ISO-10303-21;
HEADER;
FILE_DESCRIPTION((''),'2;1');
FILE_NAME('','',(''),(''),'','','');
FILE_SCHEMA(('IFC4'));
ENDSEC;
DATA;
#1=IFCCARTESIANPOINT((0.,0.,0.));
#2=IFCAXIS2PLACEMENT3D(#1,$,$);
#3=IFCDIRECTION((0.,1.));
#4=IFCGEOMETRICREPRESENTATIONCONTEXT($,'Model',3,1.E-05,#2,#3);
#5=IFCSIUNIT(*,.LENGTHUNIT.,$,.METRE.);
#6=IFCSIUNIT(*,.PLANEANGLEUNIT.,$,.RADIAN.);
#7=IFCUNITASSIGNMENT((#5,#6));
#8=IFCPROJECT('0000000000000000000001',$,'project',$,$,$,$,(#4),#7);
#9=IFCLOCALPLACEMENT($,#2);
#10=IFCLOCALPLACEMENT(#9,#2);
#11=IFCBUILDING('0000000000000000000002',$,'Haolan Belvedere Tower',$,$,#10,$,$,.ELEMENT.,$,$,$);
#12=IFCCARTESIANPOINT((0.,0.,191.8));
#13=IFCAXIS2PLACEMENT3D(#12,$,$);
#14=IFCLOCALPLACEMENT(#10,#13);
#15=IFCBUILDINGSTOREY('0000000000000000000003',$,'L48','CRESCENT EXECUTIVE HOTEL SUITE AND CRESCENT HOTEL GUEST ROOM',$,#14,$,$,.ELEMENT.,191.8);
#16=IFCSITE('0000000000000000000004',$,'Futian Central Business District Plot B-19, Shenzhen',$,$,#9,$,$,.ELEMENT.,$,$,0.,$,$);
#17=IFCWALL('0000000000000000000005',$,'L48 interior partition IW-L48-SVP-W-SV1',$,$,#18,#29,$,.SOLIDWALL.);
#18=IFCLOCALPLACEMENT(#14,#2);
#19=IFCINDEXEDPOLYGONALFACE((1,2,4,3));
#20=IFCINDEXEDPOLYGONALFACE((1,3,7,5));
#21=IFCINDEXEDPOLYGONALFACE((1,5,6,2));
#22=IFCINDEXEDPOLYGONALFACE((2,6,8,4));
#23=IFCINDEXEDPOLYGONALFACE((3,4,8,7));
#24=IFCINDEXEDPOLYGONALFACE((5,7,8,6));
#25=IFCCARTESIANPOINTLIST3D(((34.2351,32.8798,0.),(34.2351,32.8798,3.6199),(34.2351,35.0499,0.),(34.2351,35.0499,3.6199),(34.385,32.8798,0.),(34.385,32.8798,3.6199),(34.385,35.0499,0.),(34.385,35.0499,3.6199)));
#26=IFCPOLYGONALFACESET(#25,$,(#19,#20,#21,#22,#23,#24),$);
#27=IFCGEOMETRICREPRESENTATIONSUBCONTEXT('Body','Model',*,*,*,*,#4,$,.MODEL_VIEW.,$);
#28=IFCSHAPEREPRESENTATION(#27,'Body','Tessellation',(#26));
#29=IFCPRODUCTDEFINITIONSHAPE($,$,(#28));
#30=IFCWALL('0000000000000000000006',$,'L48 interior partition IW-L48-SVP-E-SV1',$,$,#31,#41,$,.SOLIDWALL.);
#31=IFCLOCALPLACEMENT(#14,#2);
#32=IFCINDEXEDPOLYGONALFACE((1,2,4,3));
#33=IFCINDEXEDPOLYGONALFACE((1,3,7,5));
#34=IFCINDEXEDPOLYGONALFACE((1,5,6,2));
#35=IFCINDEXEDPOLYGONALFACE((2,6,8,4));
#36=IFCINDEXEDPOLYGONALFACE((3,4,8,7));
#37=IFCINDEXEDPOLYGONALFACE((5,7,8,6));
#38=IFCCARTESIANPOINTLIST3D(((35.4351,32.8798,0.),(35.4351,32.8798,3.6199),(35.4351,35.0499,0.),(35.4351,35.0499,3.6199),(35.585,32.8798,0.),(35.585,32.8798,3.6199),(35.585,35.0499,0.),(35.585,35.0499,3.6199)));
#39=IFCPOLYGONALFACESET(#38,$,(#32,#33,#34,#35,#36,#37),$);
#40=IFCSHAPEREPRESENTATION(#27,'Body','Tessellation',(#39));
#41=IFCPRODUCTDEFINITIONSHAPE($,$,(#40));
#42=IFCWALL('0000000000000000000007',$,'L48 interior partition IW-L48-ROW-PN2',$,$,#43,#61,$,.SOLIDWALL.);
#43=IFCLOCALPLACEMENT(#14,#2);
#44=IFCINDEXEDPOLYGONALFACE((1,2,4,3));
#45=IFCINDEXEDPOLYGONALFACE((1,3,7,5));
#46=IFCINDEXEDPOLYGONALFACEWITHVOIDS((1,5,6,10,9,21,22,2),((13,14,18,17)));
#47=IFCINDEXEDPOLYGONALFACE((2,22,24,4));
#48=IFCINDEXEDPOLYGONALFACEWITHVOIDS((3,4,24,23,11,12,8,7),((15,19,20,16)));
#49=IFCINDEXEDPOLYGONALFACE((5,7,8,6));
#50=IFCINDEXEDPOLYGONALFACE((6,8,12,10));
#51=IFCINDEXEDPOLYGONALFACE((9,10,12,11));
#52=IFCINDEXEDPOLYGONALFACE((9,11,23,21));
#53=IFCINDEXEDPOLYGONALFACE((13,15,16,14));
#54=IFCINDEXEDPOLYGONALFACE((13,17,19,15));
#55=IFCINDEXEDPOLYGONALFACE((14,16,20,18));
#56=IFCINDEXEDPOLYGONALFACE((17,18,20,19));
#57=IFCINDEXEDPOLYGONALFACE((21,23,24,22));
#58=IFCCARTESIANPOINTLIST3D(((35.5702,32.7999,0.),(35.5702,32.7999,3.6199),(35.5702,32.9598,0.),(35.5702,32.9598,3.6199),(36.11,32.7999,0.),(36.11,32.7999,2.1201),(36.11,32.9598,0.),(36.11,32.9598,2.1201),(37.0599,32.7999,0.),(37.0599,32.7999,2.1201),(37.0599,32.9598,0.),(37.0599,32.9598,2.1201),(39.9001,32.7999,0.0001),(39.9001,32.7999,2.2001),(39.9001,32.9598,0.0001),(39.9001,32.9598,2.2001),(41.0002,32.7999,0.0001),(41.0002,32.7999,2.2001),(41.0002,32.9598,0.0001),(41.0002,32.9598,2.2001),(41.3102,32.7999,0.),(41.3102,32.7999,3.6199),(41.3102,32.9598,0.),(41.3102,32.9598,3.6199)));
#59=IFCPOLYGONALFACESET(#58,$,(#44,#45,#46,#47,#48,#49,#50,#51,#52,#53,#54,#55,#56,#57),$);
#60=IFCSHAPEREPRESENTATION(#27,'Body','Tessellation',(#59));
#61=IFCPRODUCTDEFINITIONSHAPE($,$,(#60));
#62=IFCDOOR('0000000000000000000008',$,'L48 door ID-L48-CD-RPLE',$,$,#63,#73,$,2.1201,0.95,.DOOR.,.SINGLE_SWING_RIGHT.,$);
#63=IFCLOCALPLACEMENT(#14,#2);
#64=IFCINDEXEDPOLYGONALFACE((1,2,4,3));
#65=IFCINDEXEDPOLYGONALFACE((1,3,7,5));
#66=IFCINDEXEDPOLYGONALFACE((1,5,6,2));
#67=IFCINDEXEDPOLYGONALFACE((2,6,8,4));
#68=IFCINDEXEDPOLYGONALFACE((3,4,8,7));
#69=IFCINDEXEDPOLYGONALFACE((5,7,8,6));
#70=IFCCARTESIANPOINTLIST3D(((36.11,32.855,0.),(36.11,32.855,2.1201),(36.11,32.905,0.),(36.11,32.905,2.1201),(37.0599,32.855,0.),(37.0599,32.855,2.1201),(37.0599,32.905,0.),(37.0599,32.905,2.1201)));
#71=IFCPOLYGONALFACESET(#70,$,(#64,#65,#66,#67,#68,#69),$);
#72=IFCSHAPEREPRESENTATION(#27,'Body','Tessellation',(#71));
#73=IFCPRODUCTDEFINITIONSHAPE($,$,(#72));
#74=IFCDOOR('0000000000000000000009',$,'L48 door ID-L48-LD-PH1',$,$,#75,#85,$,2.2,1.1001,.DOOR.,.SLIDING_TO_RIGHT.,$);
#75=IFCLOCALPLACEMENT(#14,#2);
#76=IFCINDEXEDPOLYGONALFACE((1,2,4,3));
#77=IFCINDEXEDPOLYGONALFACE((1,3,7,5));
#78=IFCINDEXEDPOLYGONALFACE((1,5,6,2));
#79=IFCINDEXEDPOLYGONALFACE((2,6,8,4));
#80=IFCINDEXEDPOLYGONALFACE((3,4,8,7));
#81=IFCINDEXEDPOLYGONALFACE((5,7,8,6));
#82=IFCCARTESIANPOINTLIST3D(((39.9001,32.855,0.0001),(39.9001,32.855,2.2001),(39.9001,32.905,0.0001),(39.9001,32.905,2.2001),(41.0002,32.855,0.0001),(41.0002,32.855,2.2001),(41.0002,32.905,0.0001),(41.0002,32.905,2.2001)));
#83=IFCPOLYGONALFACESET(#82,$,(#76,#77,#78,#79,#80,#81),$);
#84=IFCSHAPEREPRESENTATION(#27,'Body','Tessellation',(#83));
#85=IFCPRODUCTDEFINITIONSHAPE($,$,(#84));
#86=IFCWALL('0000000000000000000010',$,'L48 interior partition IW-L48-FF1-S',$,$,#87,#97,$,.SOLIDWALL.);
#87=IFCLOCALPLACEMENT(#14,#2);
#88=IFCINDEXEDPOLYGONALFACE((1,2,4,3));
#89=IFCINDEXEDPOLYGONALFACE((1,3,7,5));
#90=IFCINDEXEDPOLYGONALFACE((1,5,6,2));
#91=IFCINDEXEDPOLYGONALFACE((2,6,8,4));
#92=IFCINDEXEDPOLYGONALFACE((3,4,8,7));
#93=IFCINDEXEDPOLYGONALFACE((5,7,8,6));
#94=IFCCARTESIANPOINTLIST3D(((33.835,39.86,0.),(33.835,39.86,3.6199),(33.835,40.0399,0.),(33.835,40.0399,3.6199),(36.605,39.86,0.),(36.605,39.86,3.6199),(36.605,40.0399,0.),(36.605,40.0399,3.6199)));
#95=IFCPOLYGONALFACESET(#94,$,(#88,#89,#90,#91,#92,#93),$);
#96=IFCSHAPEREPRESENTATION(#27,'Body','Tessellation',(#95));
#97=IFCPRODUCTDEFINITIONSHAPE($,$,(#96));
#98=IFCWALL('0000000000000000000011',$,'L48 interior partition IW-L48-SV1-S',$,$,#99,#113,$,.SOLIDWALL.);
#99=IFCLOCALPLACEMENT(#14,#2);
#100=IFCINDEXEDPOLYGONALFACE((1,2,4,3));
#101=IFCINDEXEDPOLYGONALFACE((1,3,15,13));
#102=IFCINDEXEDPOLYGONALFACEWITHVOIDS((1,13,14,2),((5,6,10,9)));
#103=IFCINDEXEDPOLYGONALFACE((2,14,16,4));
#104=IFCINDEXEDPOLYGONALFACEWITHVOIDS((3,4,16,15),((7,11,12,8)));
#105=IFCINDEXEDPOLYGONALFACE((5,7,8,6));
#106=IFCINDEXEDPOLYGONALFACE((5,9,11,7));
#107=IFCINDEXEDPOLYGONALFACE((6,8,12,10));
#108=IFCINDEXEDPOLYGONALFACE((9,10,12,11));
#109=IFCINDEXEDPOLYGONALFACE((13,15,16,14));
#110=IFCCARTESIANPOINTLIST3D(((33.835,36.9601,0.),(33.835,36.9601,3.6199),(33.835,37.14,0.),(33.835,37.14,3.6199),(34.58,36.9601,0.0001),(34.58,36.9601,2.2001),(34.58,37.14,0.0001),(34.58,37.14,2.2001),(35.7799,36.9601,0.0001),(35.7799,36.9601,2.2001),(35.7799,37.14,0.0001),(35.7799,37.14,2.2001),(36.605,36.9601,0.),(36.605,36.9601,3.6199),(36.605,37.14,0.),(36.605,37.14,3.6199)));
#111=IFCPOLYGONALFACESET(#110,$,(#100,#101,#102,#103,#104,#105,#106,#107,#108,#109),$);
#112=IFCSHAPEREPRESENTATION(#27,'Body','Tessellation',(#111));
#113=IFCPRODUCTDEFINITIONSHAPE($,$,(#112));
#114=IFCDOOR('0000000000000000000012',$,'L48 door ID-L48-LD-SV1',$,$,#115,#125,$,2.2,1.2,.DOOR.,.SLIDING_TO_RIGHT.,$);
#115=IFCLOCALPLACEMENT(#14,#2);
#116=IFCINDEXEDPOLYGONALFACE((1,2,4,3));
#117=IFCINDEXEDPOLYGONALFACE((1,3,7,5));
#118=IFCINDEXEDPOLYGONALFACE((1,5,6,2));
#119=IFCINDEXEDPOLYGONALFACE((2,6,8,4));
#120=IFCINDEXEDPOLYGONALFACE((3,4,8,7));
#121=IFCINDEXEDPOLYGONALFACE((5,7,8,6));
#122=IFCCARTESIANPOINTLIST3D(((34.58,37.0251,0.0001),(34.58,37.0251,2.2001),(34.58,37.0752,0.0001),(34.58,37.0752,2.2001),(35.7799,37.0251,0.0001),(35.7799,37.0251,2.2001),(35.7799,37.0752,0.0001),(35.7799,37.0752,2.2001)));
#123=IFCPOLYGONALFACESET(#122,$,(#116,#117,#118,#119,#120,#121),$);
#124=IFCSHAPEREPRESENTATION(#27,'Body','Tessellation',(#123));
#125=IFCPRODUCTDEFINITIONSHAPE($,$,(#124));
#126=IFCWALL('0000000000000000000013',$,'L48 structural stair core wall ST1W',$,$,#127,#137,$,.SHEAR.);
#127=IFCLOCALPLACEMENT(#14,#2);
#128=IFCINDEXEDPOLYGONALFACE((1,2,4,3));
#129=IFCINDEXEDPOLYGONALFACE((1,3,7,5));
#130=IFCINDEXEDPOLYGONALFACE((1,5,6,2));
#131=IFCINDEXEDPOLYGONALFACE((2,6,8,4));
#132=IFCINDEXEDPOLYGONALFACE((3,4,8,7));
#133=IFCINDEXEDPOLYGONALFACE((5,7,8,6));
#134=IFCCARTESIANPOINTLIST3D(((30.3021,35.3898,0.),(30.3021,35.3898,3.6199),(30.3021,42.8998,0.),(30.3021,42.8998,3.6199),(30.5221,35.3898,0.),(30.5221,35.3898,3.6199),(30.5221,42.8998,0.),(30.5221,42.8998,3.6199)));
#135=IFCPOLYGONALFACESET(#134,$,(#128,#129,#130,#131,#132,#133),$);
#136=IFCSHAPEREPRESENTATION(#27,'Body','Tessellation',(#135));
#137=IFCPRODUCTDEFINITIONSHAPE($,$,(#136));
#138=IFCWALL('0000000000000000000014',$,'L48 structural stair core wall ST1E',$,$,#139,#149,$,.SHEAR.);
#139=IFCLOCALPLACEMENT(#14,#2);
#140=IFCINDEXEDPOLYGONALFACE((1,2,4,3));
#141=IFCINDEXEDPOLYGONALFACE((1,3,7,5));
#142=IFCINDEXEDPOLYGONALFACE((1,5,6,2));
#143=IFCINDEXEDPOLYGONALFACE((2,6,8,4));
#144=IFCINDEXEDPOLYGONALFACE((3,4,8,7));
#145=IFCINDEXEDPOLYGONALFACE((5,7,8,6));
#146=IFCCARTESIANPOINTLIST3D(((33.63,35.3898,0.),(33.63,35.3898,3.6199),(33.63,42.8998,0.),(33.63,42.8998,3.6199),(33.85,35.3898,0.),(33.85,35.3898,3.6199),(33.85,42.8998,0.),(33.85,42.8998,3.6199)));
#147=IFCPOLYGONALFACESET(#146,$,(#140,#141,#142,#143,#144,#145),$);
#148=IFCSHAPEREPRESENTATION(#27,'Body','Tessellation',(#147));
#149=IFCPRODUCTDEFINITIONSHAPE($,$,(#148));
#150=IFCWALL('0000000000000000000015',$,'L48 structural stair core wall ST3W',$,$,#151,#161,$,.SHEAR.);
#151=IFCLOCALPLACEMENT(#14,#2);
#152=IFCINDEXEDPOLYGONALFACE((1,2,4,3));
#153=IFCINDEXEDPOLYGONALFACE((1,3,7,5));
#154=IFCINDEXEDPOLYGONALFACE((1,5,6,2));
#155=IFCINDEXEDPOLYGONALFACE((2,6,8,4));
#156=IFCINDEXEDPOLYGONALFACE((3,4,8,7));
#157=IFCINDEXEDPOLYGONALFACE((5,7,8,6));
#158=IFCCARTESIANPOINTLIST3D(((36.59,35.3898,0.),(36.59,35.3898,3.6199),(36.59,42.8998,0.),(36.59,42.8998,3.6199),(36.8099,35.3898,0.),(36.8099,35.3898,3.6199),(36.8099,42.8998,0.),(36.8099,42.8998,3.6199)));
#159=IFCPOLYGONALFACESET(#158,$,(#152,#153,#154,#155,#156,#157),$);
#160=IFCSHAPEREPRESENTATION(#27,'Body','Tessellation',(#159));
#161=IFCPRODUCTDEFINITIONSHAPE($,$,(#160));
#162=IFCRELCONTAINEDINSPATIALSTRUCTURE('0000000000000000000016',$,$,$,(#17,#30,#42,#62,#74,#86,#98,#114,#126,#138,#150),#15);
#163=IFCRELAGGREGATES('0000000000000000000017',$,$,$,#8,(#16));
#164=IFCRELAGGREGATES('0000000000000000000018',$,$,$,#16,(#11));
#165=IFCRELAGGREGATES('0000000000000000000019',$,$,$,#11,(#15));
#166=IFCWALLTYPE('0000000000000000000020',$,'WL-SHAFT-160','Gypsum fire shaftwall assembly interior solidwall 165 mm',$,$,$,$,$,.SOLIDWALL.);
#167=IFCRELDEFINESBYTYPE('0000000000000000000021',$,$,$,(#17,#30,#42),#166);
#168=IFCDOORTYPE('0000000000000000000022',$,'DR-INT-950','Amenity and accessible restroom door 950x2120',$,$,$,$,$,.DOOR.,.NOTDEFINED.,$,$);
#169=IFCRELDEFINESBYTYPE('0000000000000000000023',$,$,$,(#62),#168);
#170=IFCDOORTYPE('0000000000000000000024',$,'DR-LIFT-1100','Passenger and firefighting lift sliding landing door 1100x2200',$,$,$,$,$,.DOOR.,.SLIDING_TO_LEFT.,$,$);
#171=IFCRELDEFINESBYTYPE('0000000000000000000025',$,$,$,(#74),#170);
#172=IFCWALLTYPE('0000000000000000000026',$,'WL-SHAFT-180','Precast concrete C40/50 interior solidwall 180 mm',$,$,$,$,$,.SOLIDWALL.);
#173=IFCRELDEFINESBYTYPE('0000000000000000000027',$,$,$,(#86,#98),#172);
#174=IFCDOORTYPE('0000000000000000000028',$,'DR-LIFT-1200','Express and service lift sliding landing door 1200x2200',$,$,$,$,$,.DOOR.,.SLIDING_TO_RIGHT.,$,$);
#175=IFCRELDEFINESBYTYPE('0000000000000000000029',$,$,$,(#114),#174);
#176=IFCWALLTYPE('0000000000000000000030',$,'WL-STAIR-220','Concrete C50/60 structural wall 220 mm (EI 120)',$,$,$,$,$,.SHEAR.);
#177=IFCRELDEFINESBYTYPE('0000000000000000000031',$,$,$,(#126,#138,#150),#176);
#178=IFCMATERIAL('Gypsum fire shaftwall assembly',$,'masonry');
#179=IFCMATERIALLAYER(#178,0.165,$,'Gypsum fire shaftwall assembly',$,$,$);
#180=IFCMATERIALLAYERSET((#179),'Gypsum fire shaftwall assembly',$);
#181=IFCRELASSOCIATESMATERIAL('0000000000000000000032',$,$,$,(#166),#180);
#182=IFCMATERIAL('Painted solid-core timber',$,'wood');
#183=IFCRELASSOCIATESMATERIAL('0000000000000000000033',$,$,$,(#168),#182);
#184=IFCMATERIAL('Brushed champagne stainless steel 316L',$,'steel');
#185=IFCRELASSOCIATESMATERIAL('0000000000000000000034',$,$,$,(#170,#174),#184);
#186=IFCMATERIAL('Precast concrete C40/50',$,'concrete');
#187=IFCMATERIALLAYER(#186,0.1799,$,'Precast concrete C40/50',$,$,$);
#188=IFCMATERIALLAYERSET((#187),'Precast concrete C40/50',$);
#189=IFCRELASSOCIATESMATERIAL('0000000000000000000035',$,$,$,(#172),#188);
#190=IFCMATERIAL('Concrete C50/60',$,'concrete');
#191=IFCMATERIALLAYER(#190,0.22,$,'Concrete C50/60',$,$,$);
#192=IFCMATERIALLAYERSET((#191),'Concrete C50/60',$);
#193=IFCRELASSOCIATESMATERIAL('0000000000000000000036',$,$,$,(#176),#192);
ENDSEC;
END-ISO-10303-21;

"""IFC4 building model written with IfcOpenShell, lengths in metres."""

from ifc_helpers import new_model, si_unit, direction, frame, frame_2d, origin, place, context, subcontext, project, spatial, rectangle, extrude, material, layer, layer_set, type_object, element, fill, save


model = new_model("IFC4")

# Units and contexts
model_context = context("Model", 3, precision=1e-05, world=origin(), true_north=direction((0.0, 1.0)))
body_context = subcontext(model_context, "Body", "Model", "MODEL_VIEW")
ifc_project = project(units=[si_unit("LENGTHUNIT", "METRE"), si_unit("PLANEANGLEUNIT", "RADIAN")], contexts=[model_context])

# Site, building, storey
site_placement = place(None, origin())
site = spatial("IfcSite", under=ifc_project, at=site_placement, Name="Futian Central Business District Plot B-19, Shenzhen", CompositionType="ELEMENT", RefElevation=0.0)
building_placement = place(site_placement, origin())
building = spatial("IfcBuilding", under=site, at=building_placement, Name="Haolan Belvedere Tower", CompositionType="ELEMENT")
storey_placement = place(building_placement, frame((0.0, 0.0, 191.8)))
storey = spatial("IfcBuildingStorey", under=building, at=storey_placement, Name="L48", Description="CRESCENT EXECUTIVE HOTEL SUITE AND CRESCENT HOTEL GUEST ROOM", CompositionType="ELEMENT", Elevation=191.8)

# Walls
ifc_material_1 = material(Name="Gypsum fire shaftwall assembly", Category="masonry")
ifc_layer_1 = layer(ifc_material_1, 0.165, Name="Gypsum fire shaftwall assembly")
ifc_layer_set_1 = layer_set([ifc_layer_1], Name="Gypsum fire shaftwall assembly")
wall_type_1 = type_object("IfcWallType", Name="WL-SHAFT-160", Description="Gypsum fire shaftwall assembly interior solidwall 165 mm", PredefinedType="SOLIDWALL", material=ifc_layer_set_1)
for number, where, z_axis, x_axis, name in (
    (1, (34.3101, 32.8799, 0.0), (0.0, 0.0, 1.0), (0.0, 1.0, 0.0), "L48 interior partition IW-L48-SVP-W-SV1"),
    (2, (35.51, 32.8799, 0.0), (0.0, 0.0, 1.0), (0.0, 1.0, 0.0), "L48 interior partition IW-L48-SVP-E-SV1"),
):
    element("IfcWall", number, at=place(storey_placement, frame(where, z_axis=z_axis, x_axis=x_axis)), inside=storey, type_object=wall_type_1, Name=name, PredefinedType="SOLIDWALL", context=body_context, shape_type="SweptSolid", body=[
        extrude(rectangle(XDim=2.1702, YDim=0.1499, at=frame_2d((1.085, 0.0))), origin(), (0.0, 0.0, 1.0), 3.6199),
    ])

# Shared definitions
ifc_material_2 = material(Name="Painted solid-core timber", Category="wood")
door_type_1 = type_object("IfcDoorType", Name="DR-INT-950", Description="Amenity and accessible restroom door 950x2120", OperationType="NOTDEFINED", PredefinedType="DOOR", material=ifc_material_2)

# Wall, openings, doors
wall_1_placement = place(storey_placement, frame((35.5701, 32.8799, 0.0), z_axis=(0.0, 0.0, 1.0), x_axis=(1.0, 0.0, 0.0)))
wall_1 = element("IfcWall", 3, at=wall_1_placement, inside=storey, type_object=wall_type_1, Name="L48 interior partition IW-L48-ROW-PN2", PredefinedType="SOLIDWALL", context=body_context, shape_type="SweptSolid", body=[
    extrude(rectangle(XDim=5.74, YDim=0.1599, at=frame_2d((2.8701, 0.0))), origin(), (0.0, 0.0, 1.0), 3.6199),
])
opening_1_placement = place(wall_1_placement, frame((1.49, 0.0, 0.0), z_axis=(0.0, 0.0, 1.0), x_axis=(-1.0, 0.0, 0.0)))
opening_1 = element("IfcOpeningElement", 4, at=opening_1_placement, cuts=wall_1, PredefinedType="OPENING", context=body_context, shape_type="SweptSolid", body=[
    extrude(rectangle(XDim=0.95, YDim=2.1201, at=frame_2d((0.4751, 1.0601))), frame((0.0, 0.0898, 0.0), z_axis=(0.0, -1.0, 0.0), x_axis=(1.0, 0.0, 0.0)), (0.0, 0.0, 1.0), 0.1799),
])
opening_2_placement = place(wall_1_placement, frame((5.4302, 0.0, 0.0), z_axis=(0.0, 0.0, 1.0), x_axis=(-1.0, 0.0, 0.0)))
opening_2 = element("IfcOpeningElement", 5, at=opening_2_placement, cuts=wall_1, PredefinedType="OPENING", context=body_context, shape_type="SweptSolid", body=[
    extrude(rectangle(XDim=1.1001, YDim=2.2, at=frame_2d((0.55, 1.1001))), frame((0.0, 0.0898, 0.0), z_axis=(0.0, -1.0, 0.0), x_axis=(1.0, 0.0, 0.0)), (0.0, 0.0, 1.0), 0.1799),
])
door_1_placement = place(opening_1_placement, origin())
door_1 = element("IfcDoor", 6, at=door_1_placement, inside=storey, type_object=door_type_1, Name="L48 door ID-L48-CD-RPLE", OperationType="SINGLE_SWING_RIGHT", OverallHeight=2.1201, OverallWidth=0.95, PredefinedType="DOOR", context=body_context, shape_type="SweptSolid", body=[
    extrude(rectangle(XDim=0.95, YDim=2.1201, at=frame_2d((0.4751, 1.0601))), frame((0.0, 0.0249, 0.0), z_axis=(0.0, -1.0, 0.0), x_axis=(1.0, 0.0, 0.0)), (0.0, 0.0, 1.0), 0.05),
])
fill(opening_1, door_1)
ifc_material_3 = material(Name="Brushed champagne stainless steel 316L", Category="steel")
door_type_2 = type_object("IfcDoorType", Name="DR-LIFT-1100", Description="Passenger and firefighting lift sliding landing door 1100x2200", OperationType="SLIDING_TO_LEFT", PredefinedType="DOOR", material=ifc_material_3)
door_2_placement = place(opening_2_placement, origin())
door_2 = element("IfcDoor", 7, at=door_2_placement, inside=storey, type_object=door_type_2, Name="L48 door ID-L48-LD-PH1", OperationType="SLIDING_TO_RIGHT", OverallHeight=2.2, OverallWidth=1.1001, PredefinedType="DOOR", context=body_context, shape_type="SweptSolid", body=[
    extrude(rectangle(XDim=1.1001, YDim=2.2, at=frame_2d((0.55, 1.1001))), frame((0.0, 0.0249, 0.0), z_axis=(0.0, -1.0, 0.0), x_axis=(1.0, 0.0, 0.0)), (0.0, 0.0, 1.0), 0.05),
])
fill(opening_2, door_2)

# Wall
ifc_material_4 = material(Name="Precast concrete C40/50", Category="concrete")
ifc_layer_2 = layer(ifc_material_4, 0.1799, Name="Precast concrete C40/50")
ifc_layer_set_2 = layer_set([ifc_layer_2], Name="Precast concrete C40/50")
wall_type_2 = type_object("IfcWallType", Name="WL-SHAFT-180", Description="Precast concrete C40/50 interior solidwall 180 mm", PredefinedType="SOLIDWALL", material=ifc_layer_set_2)
wall_2_placement = place(storey_placement, frame((33.835, 39.95, 0.0), z_axis=(0.0, 0.0, 1.0), x_axis=(1.0, 0.0, 0.0)))
element("IfcWall", 8, at=wall_2_placement, inside=storey, type_object=wall_type_2, Name="L48 interior partition IW-L48-FF1-S", PredefinedType="SOLIDWALL", context=body_context, shape_type="SweptSolid", body=[
    extrude(rectangle(XDim=2.77, YDim=0.1799, at=frame_2d((1.385, 0.0))), origin(), (0.0, 0.0, 1.0), 3.6199),
])

# Wall, opening, door
wall_3_placement = place(storey_placement, frame((33.835, 37.05, 0.0), z_axis=(0.0, 0.0, 1.0), x_axis=(1.0, 0.0, 0.0)))
wall_3 = element("IfcWall", 9, at=wall_3_placement, inside=storey, type_object=wall_type_2, Name="L48 interior partition IW-L48-SV1-S", PredefinedType="SOLIDWALL", context=body_context, shape_type="SweptSolid", body=[
    extrude(rectangle(XDim=2.77, YDim=0.1799, at=frame_2d((1.385, 0.0))), origin(), (0.0, 0.0, 1.0), 3.6199),
])
opening_3_placement = place(wall_3_placement, frame((1.9451, 0.0, 0.0), z_axis=(0.0, 0.0, 1.0), x_axis=(-1.0, 0.0, 0.0)))
opening_3 = element("IfcOpeningElement", 10, at=opening_3_placement, cuts=wall_3, PredefinedType="OPENING", context=body_context, shape_type="SweptSolid", body=[
    extrude(rectangle(XDim=1.2, YDim=2.2, at=frame_2d((0.6001, 1.1001))), frame((0.0, 0.0999, 0.0), z_axis=(0.0, -1.0, 0.0), x_axis=(1.0, 0.0, 0.0)), (0.0, 0.0, 1.0), 0.2),
])
door_type_3 = type_object("IfcDoorType", Name="DR-LIFT-1200", Description="Express and service lift sliding landing door 1200x2200", OperationType="SLIDING_TO_RIGHT", PredefinedType="DOOR", material=ifc_material_3)
door_3_placement = place(opening_3_placement, origin())
door_3 = element("IfcDoor", 11, at=door_3_placement, inside=storey, type_object=door_type_3, Name="L48 door ID-L48-LD-SV1", OperationType="SLIDING_TO_RIGHT", OverallHeight=2.2, OverallWidth=1.2, PredefinedType="DOOR", context=body_context, shape_type="SweptSolid", body=[
    extrude(rectangle(XDim=1.2, YDim=2.2, at=frame_2d((0.6001, 1.1001))), frame((0.0, 0.0249, 0.0), z_axis=(0.0, -1.0, 0.0), x_axis=(1.0, 0.0, 0.0)), (0.0, 0.0, 1.0), 0.05),
])
fill(opening_3, door_3)

# Walls
ifc_material_5 = material(Name="Concrete C50/60", Category="concrete")
ifc_layer_3 = layer(ifc_material_5, 0.22, Name="Concrete C50/60")
ifc_layer_set_3 = layer_set([ifc_layer_3], Name="Concrete C50/60")
wall_type_3 = type_object("IfcWallType", Name="WL-STAIR-220", Description="Concrete C50/60 structural wall 220 mm (EI 120)", PredefinedType="SHEAR", material=ifc_layer_set_3)
for number, where, z_axis, x_axis, name in (
    (12, (30.4121, 35.3899, 0.0), (0.0, 0.0, 1.0), (0.0, 1.0, 0.0), "L48 structural stair core wall ST1W"),
    (13, (33.74, 35.3899, 0.0), (0.0, 0.0, 1.0), (0.0, 1.0, 0.0), "L48 structural stair core wall ST1E"),
    (14, (36.7, 35.3899, 0.0), (0.0, 0.0, 1.0), (0.0, 1.0, 0.0), "L48 structural stair core wall ST3W"),
):
    element("IfcWall", number, at=place(storey_placement, frame(where, z_axis=z_axis, x_axis=x_axis)), inside=storey, type_object=wall_type_3, Name=name, PredefinedType="SHEAR", context=body_context, shape_type="SweptSolid", body=[
        extrude(rectangle(XDim=7.51, YDim=0.22, at=frame_2d((3.7549, 0.0))), origin(), (0.0, 0.0, 1.0), 3.6199),
    ])

save(model, "model.ifc")
